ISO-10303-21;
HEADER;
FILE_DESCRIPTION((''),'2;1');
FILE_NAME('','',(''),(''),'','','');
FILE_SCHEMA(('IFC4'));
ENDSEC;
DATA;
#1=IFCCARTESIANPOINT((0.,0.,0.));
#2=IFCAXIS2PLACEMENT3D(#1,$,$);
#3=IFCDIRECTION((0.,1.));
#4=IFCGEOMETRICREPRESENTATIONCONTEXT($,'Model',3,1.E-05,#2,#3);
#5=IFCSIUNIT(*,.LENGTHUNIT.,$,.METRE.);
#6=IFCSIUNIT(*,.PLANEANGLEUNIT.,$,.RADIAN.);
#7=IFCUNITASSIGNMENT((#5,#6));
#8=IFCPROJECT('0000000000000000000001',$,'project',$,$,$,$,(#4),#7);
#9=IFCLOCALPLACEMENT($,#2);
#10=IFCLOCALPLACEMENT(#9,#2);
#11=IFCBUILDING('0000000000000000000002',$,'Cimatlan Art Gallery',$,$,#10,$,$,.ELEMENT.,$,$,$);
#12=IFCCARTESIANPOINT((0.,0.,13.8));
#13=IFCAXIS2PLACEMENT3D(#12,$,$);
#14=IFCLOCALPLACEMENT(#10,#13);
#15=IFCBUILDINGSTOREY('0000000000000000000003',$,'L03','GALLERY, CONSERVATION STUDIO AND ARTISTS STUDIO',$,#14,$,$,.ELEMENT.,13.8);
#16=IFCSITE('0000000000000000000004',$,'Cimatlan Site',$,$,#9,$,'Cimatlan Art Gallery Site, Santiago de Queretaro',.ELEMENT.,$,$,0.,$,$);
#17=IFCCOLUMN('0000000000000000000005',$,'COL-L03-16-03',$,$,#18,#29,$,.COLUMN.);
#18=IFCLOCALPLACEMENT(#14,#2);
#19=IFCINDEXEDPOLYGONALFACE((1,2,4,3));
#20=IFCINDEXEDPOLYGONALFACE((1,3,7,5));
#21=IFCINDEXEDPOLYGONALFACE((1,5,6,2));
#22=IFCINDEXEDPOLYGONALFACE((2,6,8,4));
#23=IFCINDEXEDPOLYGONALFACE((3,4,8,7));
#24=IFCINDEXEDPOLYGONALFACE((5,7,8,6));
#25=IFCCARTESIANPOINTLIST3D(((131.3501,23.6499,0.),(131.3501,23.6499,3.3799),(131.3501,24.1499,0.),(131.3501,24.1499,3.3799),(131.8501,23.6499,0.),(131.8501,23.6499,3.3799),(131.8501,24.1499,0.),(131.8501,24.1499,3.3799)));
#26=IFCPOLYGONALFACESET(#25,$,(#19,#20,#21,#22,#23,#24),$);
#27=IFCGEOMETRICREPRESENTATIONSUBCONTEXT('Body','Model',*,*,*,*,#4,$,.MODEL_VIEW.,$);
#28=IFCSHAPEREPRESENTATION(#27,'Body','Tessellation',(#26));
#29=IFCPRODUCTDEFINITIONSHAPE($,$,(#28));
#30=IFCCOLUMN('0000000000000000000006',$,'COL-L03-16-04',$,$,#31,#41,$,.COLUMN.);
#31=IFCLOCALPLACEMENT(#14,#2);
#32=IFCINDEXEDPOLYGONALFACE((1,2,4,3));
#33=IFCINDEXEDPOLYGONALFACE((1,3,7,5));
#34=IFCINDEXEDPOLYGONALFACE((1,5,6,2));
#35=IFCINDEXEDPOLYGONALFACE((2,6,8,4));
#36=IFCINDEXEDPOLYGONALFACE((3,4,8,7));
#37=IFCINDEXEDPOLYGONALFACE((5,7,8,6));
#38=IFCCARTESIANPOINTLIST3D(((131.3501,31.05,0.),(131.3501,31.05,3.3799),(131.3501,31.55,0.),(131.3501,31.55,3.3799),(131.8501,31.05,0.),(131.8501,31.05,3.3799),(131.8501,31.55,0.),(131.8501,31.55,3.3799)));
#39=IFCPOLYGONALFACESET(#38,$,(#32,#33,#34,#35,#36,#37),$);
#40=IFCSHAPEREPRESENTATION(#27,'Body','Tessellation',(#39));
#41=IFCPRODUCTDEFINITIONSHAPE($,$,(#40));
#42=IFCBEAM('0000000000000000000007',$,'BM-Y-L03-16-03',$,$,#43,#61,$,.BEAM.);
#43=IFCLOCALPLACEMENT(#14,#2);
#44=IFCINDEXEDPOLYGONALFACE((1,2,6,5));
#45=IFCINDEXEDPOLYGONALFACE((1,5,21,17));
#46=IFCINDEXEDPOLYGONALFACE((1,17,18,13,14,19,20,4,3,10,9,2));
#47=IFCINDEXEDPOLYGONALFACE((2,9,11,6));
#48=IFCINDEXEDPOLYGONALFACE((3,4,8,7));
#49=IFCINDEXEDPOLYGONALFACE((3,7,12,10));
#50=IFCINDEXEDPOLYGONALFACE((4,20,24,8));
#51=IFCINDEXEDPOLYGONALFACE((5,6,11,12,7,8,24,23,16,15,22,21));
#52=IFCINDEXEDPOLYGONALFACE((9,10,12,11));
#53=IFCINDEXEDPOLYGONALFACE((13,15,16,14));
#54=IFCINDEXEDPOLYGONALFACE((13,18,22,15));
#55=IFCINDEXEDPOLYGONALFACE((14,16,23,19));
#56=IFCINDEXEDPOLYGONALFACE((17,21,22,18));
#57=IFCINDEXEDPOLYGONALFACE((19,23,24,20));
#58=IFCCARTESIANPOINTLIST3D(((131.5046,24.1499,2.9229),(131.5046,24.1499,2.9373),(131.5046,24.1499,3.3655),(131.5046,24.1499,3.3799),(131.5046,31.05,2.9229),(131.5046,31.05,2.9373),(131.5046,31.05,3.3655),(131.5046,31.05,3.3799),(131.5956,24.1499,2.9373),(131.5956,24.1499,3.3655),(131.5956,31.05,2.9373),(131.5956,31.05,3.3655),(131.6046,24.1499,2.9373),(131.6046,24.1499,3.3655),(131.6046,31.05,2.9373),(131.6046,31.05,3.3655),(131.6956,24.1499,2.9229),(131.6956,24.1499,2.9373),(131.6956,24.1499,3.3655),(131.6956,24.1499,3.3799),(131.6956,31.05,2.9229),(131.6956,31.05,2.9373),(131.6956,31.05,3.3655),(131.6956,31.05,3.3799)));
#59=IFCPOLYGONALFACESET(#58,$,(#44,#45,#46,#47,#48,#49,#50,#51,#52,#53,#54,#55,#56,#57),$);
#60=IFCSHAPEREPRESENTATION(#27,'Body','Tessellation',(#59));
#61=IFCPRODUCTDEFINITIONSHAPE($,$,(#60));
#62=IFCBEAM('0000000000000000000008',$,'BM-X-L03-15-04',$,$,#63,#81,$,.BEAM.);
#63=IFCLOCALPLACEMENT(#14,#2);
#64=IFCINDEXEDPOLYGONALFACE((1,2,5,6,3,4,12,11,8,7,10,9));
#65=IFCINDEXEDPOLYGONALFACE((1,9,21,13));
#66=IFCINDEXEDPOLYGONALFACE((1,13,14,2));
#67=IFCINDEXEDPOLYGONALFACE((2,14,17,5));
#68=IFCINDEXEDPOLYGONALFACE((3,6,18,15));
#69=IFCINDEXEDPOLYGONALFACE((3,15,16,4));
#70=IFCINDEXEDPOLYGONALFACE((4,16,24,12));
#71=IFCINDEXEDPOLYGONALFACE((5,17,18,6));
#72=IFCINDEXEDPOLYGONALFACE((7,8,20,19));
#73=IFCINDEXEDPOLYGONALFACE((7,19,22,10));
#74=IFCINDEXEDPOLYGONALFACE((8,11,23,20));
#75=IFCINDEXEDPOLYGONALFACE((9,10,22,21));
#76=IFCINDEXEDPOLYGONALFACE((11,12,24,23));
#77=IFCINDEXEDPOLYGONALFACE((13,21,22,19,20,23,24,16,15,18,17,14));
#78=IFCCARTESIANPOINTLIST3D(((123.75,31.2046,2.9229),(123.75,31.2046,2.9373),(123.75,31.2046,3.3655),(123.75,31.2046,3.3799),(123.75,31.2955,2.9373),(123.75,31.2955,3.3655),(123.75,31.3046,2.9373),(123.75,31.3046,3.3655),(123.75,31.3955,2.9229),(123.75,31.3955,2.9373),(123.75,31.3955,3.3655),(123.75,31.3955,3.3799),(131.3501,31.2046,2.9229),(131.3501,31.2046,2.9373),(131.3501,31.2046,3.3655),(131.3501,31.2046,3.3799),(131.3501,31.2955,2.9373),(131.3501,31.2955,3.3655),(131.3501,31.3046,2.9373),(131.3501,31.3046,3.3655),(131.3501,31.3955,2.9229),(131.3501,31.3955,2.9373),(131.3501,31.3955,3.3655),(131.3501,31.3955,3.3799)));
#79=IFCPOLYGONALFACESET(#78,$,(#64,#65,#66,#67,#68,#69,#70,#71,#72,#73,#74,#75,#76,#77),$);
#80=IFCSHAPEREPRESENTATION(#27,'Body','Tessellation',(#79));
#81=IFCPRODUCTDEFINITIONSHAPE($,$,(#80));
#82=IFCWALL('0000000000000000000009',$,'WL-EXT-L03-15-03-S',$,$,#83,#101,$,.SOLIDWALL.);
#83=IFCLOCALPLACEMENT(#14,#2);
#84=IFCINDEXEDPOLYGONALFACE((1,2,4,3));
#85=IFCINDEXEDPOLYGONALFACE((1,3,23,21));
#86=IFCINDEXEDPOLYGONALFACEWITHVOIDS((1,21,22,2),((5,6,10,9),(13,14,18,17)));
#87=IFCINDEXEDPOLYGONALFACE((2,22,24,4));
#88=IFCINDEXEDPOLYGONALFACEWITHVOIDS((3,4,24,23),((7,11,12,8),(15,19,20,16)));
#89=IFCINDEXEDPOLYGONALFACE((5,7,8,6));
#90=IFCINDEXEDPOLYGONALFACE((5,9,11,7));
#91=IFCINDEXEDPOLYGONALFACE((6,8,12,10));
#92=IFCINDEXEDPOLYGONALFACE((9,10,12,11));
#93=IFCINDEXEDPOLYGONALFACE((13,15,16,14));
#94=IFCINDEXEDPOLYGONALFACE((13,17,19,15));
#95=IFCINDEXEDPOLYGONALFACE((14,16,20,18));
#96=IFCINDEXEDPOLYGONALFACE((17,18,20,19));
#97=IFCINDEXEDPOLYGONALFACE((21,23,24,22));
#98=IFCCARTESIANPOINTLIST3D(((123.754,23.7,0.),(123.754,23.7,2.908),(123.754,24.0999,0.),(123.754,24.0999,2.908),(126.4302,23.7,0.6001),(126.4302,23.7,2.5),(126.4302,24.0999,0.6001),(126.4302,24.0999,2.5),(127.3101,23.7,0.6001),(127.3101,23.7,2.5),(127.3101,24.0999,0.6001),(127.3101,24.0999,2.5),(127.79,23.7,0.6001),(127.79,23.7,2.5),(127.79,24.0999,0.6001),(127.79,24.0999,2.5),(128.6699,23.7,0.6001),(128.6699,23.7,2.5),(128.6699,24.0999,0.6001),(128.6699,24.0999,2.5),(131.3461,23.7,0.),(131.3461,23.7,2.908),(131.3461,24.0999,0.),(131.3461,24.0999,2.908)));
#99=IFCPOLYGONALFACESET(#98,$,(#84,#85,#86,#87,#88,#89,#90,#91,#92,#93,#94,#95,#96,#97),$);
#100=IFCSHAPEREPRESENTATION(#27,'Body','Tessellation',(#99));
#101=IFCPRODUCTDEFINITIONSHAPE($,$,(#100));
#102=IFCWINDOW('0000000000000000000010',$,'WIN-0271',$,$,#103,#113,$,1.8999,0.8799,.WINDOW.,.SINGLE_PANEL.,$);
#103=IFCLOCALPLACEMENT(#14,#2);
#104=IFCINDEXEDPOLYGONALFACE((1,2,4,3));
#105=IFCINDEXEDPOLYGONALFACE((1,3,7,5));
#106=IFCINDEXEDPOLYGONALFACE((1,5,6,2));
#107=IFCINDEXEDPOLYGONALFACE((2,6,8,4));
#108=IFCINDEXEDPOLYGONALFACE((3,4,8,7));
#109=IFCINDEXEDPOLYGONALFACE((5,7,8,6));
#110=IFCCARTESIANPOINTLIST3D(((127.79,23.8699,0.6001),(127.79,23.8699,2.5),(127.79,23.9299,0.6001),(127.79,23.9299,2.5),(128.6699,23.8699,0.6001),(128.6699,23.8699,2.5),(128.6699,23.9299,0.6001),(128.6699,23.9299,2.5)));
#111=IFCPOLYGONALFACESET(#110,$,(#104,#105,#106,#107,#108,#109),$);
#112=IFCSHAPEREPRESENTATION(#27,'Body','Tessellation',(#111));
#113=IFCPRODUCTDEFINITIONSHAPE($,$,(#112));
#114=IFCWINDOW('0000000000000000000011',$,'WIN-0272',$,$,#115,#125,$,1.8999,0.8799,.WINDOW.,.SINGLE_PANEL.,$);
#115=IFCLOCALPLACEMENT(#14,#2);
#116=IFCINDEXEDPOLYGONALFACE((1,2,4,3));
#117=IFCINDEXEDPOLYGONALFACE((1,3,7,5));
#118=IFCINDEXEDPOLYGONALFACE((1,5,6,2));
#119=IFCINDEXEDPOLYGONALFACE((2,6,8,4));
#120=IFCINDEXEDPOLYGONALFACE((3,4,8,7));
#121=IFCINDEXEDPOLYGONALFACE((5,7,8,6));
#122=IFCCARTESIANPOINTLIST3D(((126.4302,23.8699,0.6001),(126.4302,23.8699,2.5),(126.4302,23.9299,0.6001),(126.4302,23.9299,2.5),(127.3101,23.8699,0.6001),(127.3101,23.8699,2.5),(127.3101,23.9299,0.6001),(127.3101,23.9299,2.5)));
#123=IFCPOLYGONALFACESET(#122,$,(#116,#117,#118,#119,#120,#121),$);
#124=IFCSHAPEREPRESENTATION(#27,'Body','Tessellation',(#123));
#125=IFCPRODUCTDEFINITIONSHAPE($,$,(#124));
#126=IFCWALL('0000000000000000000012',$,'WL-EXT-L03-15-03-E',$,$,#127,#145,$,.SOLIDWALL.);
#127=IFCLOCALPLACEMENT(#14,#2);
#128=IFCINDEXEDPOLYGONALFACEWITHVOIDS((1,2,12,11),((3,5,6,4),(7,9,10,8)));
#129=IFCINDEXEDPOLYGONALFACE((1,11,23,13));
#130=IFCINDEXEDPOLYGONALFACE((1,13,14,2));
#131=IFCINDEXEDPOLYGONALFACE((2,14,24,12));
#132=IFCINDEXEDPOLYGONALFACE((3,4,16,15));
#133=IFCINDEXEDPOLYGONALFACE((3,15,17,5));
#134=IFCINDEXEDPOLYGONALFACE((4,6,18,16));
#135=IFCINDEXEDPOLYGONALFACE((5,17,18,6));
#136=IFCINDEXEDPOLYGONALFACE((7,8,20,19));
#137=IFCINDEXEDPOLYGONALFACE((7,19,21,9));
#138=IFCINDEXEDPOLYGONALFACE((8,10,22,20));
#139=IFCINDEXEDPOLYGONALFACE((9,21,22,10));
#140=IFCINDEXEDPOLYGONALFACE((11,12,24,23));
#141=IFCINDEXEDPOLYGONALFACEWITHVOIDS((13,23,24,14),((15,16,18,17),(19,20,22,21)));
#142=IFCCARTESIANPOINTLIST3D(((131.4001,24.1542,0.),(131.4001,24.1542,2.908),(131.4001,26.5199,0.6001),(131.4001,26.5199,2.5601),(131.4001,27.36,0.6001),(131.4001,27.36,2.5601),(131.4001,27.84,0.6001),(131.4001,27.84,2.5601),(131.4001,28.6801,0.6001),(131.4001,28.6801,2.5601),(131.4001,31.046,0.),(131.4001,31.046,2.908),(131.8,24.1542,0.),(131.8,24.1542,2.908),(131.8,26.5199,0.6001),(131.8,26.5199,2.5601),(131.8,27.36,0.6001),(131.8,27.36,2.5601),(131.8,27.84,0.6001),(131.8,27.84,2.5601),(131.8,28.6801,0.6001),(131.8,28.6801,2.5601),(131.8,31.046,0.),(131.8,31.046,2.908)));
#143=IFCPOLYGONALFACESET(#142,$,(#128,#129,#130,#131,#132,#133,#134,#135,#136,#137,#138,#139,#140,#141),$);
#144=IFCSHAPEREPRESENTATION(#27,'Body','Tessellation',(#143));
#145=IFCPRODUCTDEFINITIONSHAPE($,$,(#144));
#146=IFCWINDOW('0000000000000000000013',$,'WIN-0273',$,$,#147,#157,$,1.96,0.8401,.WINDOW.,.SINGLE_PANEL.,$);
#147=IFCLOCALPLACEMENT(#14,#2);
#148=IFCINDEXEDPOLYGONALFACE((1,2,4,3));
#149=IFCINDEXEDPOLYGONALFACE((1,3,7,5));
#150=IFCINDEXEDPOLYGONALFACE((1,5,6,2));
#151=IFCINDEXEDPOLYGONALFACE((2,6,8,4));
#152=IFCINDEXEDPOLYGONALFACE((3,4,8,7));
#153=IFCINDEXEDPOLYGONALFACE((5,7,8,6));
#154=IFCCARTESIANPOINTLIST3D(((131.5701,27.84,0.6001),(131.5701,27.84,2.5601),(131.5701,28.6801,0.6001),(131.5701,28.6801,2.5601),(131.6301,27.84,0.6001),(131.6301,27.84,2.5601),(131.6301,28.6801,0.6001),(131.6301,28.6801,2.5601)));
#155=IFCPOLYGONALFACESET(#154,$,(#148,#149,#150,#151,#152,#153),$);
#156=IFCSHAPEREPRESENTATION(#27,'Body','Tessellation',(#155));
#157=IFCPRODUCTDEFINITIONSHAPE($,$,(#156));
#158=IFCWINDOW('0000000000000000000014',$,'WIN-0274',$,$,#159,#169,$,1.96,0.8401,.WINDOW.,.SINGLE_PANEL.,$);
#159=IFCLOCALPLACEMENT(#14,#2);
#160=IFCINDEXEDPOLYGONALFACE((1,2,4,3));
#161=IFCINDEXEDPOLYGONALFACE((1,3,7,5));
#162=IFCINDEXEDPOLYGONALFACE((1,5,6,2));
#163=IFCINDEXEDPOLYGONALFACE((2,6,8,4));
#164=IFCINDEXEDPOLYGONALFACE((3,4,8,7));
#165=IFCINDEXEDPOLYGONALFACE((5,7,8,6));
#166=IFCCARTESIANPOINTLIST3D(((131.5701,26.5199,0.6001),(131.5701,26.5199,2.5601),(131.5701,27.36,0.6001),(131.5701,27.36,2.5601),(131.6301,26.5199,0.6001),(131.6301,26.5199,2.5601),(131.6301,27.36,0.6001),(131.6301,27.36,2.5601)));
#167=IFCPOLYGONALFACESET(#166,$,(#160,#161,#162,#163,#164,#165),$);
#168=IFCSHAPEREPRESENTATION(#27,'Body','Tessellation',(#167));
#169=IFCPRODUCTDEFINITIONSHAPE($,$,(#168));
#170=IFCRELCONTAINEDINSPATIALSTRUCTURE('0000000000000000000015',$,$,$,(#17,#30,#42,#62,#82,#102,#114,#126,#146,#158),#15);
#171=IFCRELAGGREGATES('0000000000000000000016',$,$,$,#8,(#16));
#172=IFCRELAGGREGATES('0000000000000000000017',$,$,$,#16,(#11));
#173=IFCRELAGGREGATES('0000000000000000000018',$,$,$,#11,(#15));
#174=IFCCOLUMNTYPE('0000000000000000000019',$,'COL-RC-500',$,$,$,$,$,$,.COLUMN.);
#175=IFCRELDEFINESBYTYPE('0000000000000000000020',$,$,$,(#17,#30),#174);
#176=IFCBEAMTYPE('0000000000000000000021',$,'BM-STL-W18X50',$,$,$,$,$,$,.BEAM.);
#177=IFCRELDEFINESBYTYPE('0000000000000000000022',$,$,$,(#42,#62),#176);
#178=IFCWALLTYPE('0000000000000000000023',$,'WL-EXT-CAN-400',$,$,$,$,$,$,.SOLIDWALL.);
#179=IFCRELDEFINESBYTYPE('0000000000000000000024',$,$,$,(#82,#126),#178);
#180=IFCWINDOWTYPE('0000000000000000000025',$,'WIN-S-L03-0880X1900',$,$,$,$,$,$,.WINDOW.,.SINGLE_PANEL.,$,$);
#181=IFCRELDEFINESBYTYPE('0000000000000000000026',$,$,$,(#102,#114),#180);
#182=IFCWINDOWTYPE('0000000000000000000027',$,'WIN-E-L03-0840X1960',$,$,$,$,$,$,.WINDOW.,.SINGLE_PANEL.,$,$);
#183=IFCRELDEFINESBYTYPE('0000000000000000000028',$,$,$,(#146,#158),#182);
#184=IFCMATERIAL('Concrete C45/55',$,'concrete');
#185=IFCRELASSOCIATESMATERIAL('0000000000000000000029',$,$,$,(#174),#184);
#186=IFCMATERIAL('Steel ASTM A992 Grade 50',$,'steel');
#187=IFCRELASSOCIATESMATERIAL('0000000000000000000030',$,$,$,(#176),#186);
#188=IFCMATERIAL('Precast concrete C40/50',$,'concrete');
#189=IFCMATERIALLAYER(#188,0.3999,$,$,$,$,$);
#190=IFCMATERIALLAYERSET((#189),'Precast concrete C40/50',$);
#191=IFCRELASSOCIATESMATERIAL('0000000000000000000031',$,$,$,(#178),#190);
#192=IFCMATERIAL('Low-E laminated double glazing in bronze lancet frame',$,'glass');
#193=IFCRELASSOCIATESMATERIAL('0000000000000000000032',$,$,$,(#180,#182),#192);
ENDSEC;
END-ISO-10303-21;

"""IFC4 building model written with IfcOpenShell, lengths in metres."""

from ifc_helpers import new_model, si_unit, direction, frame, frame_2d, origin, origin_2d, place, context, subcontext, project, spatial, rectangle, i_section, extrude, material, layer, layer_set, material_profile, profile_set, type_object, element, fill, save


model = new_model("IFC4")

# Units and contexts
model_context = context("Model", 3, precision=1e-05, world=origin(), true_north=direction((0.0, 1.0)))
body_context = subcontext(model_context, "Body", "Model", "MODEL_VIEW")
ifc_project = project(units=[si_unit("LENGTHUNIT", "METRE"), si_unit("PLANEANGLEUNIT", "RADIAN")], contexts=[model_context])

# Site, building, storey
site_placement = place(None, origin())
site = spatial("IfcSite", under=ifc_project, at=site_placement, Name="Cimatlan Site", LongName="Cimatlan Art Gallery Site, Santiago de Queretaro", CompositionType="ELEMENT", RefElevation=0.0)
building_placement = place(site_placement, origin())
building = spatial("IfcBuilding", under=site, at=building_placement, Name="Cimatlan Art Gallery", CompositionType="ELEMENT")
storey_placement = place(building_placement, frame((0.0, 0.0, 13.8)))
storey = spatial("IfcBuildingStorey", under=building, at=storey_placement, Name="L03", Description="GALLERY, CONSERVATION STUDIO AND ARTISTS STUDIO", CompositionType="ELEMENT", Elevation=13.8)

# Columns
ifc_material_1 = material(Name="Concrete C45/55", Category="concrete")
ifc_material_profile_1 = material_profile(ifc_material_1, rectangle(XDim=0.5, YDim=0.5, at=origin_2d()), Name="RC500X500")
ifc_profile_set_1 = profile_set([ifc_material_profile_1], Name="Concrete C45/55")
column_type = type_object("IfcColumnType", Name="COL-RC-500", PredefinedType="COLUMN", material=ifc_profile_set_1)
for number, where, z_axis, x_axis, name in (
    (1, (131.6001, 23.8999, 0.0), (0.0, 0.0, 1.0), (1.0, 0.0, 0.0), "COL-L03-16-03"),
    (2, (131.6001, 31.3, 0.0), (0.0, 0.0, 1.0), (1.0, 0.0, 0.0), "COL-L03-16-04"),
):
    element("IfcColumn", number, at=place(storey_placement, frame(where, z_axis=z_axis, x_axis=x_axis)), inside=storey, type_object=column_type, Name=name, PredefinedType="COLUMN", context=body_context, shape_type="SweptSolid", body=[
        extrude(rectangle(XDim=0.5, YDim=0.5, at=origin_2d()), origin(), (0.0, 0.0, 1.0), 3.3799),
    ])

# Beams
ifc_material_2 = material(Name="Steel ASTM A992 Grade 50", Category="steel")
ifc_material_profile_2 = material_profile(ifc_material_2, i_section(OverallWidth=0.1909, OverallDepth=0.457, WebThickness=0.009, FlangeThickness=0.0144, at=origin_2d()), Name="W18X50")
ifc_profile_set_2 = profile_set([ifc_material_profile_2], Name="Steel ASTM A992 Grade 50")
beam_type = type_object("IfcBeamType", Name="BM-STL-W18X50", PredefinedType="BEAM", material=ifc_profile_set_2)
beam_1_placement = place(storey_placement, frame((131.6001, 24.1499, 3.1514), z_axis=(0.0, 1.0, 0.0), x_axis=(-1.0, 0.0, 0.0)))
element("IfcBeam", 3, at=beam_1_placement, inside=storey, type_object=beam_type, Name="BM-Y-L03-16-03", PredefinedType="BEAM", context=body_context, shape_type="SweptSolid", body=[
    extrude(i_section(OverallWidth=0.1909, OverallDepth=0.457, WebThickness=0.009, FlangeThickness=0.0144, at=origin_2d()), origin(), (0.0, 0.0, 1.0), 6.9001),
])
beam_2_placement = place(storey_placement, frame((123.75, 31.3, 3.1514), z_axis=(1.0, 0.0, 0.0), x_axis=(0.0, 1.0, 0.0)))
element("IfcBeam", 4, at=beam_2_placement, inside=storey, type_object=beam_type, Name="BM-X-L03-15-04", PredefinedType="BEAM", context=body_context, shape_type="SweptSolid", body=[
    extrude(i_section(OverallWidth=0.1909, OverallDepth=0.457, WebThickness=0.009, FlangeThickness=0.0144, at=origin_2d()), origin(), (0.0, 0.0, 1.0), 7.6001),
])

# Walls, openings, windows
ifc_material_3 = material(Name="Precast concrete C40/50", Category="concrete")
ifc_layer_1 = layer(ifc_material_3, 0.3999)
ifc_layer_set_1 = layer_set([ifc_layer_1], Name="Precast concrete C40/50")
wall_type = type_object("IfcWallType", Name="WL-EXT-CAN-400", PredefinedType="SOLIDWALL", material=ifc_layer_set_1)
wall_1_placement = place(storey_placement, frame((131.3459, 23.8999, 0.0), z_axis=(0.0, 0.0, 1.0), x_axis=(-1.0, 0.0, 0.0)))
wall_1 = element("IfcWall", 5, at=wall_1_placement, inside=storey, type_object=wall_type, Name="WL-EXT-L03-15-03-S", PredefinedType="SOLIDWALL", context=body_context, shape_type="SweptSolid", body=[
    extrude(rectangle(XDim=7.592, YDim=0.3999, at=frame_2d((3.7959, 0.0))), origin(), (0.0, 0.0, 1.0), 2.908),
])
opening_1_placement = place(wall_1_placement, frame((2.676, 0.0, 0.6001)))
opening_1 = element("IfcOpeningElement", 6, at=opening_1_placement, cuts=wall_1, PredefinedType="OPENING", context=body_context, shape_type="SweptSolid", body=[
    extrude(rectangle(XDim=0.8799, YDim=1.8999, at=frame_2d((0.4399, 0.95))), frame((0.0, 0.21, 0.0), z_axis=(0.0, -1.0, 0.0), x_axis=(1.0, 0.0, 0.0)), (0.0, 0.0, 1.0), 0.4199),
])
opening_2_placement = place(wall_1_placement, frame((4.0359, 0.0, 0.6001)))
opening_2 = element("IfcOpeningElement", 7, at=opening_2_placement, cuts=wall_1, PredefinedType="OPENING", context=body_context, shape_type="SweptSolid", body=[
    extrude(rectangle(XDim=0.8799, YDim=1.8999, at=frame_2d((0.4399, 0.95))), frame((0.0, 0.21, 0.0), z_axis=(0.0, -1.0, 0.0), x_axis=(1.0, 0.0, 0.0)), (0.0, 0.0, 1.0), 0.4199),
])
ifc_material_4 = material(Name="Low-E laminated double glazing in bronze lancet frame", Category="glass")
window_type_1 = type_object("IfcWindowType", Name="WIN-S-L03-0880X1900", PartitioningType="SINGLE_PANEL", PredefinedType="WINDOW", material=ifc_material_4)
window_1_placement = place(opening_1_placement, origin())
window_1 = element("IfcWindow", 8, at=window_1_placement, inside=storey, type_object=window_type_1, Name="WIN-0271", OverallHeight=1.8999, OverallWidth=0.8799, PartitioningType="SINGLE_PANEL", PredefinedType="WINDOW", context=body_context, shape_type="SweptSolid", body=[
    extrude(rectangle(XDim=0.8799, YDim=1.8999, at=frame_2d((0.4399, 0.95))), frame((0.0, 0.03, 0.0), z_axis=(0.0, -1.0, 0.0), x_axis=(1.0, 0.0, 0.0)), (0.0, 0.0, 1.0), 0.0601),
])
fill(opening_1, window_1)
window_2_placement = place(opening_2_placement, origin())
window_2 = element("IfcWindow", 9, at=window_2_placement, inside=storey, type_object=window_type_1, Name="WIN-0272", OverallHeight=1.8999, OverallWidth=0.8799, PartitioningType="SINGLE_PANEL", PredefinedType="WINDOW", context=body_context, shape_type="SweptSolid", body=[
    extrude(rectangle(XDim=0.8799, YDim=1.8999, at=frame_2d((0.4399, 0.95))), frame((0.0, 0.03, 0.0), z_axis=(0.0, -1.0, 0.0), x_axis=(1.0, 0.0, 0.0)), (0.0, 0.0, 1.0), 0.0601),
])
fill(opening_2, window_2)
wall_2_placement = place(storey_placement, frame((131.6001, 31.0459, 0.0), z_axis=(0.0, 0.0, 1.0), x_axis=(0.0, -1.0, 0.0)))
wall_2 = element("IfcWall", 10, at=wall_2_placement, inside=storey, type_object=wall_type, Name="WL-EXT-L03-15-03-E", PredefinedType="SOLIDWALL", context=body_context, shape_type="SweptSolid", body=[
    extrude(rectangle(XDim=6.8918, YDim=0.3999, at=frame_2d((3.4458, 0.0))), origin(), (0.0, 0.0, 1.0), 2.908),
])
opening_3_placement = place(wall_2_placement, frame((2.366, 0.0, 0.6001)))
opening_3 = element("IfcOpeningElement", 11, at=opening_3_placement, cuts=wall_2, PredefinedType="OPENING", context=body_context, shape_type="SweptSolid", body=[
    extrude(rectangle(XDim=0.8401, YDim=1.96, at=frame_2d((0.4199, 0.98))), frame((0.0, 0.21, 0.0), z_axis=(0.0, -1.0, 0.0), x_axis=(1.0, 0.0, 0.0)), (0.0, 0.0, 1.0), 0.4199),
])
opening_4_placement = place(wall_2_placement, frame((3.686, 0.0, 0.6001)))
opening_4 = element("IfcOpeningElement", 12, at=opening_4_placement, cuts=wall_2, PredefinedType="OPENING", context=body_context, shape_type="SweptSolid", body=[
    extrude(rectangle(XDim=0.8401, YDim=1.96, at=frame_2d((0.4199, 0.98))), frame((0.0, 0.21, 0.0), z_axis=(0.0, -1.0, 0.0), x_axis=(1.0, 0.0, 0.0)), (0.0, 0.0, 1.0), 0.4199),
])
window_type_2 = type_object("IfcWindowType", Name="WIN-E-L03-0840X1960", PartitioningType="SINGLE_PANEL", PredefinedType="WINDOW", material=ifc_material_4)
window_3_placement = place(opening_3_placement, origin())
window_3 = element("IfcWindow", 13, at=window_3_placement, inside=storey, type_object=window_type_2, Name="WIN-0273", OverallHeight=1.96, OverallWidth=0.8401, PartitioningType="SINGLE_PANEL", PredefinedType="WINDOW", context=body_context, shape_type="SweptSolid", body=[
    extrude(rectangle(XDim=0.8401, YDim=1.96, at=frame_2d((0.4199, 0.98))), frame((0.0, 0.03, 0.0), z_axis=(0.0, -1.0, 0.0), x_axis=(1.0, 0.0, 0.0)), (0.0, 0.0, 1.0), 0.0601),
])
fill(opening_3, window_3)
window_4_placement = place(opening_4_placement, origin())
window_4 = element("IfcWindow", 14, at=window_4_placement, inside=storey, type_object=window_type_2, Name="WIN-0274", OverallHeight=1.96, OverallWidth=0.8401, PartitioningType="SINGLE_PANEL", PredefinedType="WINDOW", context=body_context, shape_type="SweptSolid", body=[
    extrude(rectangle(XDim=0.8401, YDim=1.96, at=frame_2d((0.4199, 0.98))), frame((0.0, 0.03, 0.0), z_axis=(0.0, -1.0, 0.0), x_axis=(1.0, 0.0, 0.0)), (0.0, 0.0, 1.0), 0.0601),
])
fill(opening_4, window_4)

save(model, "model.ifc")
